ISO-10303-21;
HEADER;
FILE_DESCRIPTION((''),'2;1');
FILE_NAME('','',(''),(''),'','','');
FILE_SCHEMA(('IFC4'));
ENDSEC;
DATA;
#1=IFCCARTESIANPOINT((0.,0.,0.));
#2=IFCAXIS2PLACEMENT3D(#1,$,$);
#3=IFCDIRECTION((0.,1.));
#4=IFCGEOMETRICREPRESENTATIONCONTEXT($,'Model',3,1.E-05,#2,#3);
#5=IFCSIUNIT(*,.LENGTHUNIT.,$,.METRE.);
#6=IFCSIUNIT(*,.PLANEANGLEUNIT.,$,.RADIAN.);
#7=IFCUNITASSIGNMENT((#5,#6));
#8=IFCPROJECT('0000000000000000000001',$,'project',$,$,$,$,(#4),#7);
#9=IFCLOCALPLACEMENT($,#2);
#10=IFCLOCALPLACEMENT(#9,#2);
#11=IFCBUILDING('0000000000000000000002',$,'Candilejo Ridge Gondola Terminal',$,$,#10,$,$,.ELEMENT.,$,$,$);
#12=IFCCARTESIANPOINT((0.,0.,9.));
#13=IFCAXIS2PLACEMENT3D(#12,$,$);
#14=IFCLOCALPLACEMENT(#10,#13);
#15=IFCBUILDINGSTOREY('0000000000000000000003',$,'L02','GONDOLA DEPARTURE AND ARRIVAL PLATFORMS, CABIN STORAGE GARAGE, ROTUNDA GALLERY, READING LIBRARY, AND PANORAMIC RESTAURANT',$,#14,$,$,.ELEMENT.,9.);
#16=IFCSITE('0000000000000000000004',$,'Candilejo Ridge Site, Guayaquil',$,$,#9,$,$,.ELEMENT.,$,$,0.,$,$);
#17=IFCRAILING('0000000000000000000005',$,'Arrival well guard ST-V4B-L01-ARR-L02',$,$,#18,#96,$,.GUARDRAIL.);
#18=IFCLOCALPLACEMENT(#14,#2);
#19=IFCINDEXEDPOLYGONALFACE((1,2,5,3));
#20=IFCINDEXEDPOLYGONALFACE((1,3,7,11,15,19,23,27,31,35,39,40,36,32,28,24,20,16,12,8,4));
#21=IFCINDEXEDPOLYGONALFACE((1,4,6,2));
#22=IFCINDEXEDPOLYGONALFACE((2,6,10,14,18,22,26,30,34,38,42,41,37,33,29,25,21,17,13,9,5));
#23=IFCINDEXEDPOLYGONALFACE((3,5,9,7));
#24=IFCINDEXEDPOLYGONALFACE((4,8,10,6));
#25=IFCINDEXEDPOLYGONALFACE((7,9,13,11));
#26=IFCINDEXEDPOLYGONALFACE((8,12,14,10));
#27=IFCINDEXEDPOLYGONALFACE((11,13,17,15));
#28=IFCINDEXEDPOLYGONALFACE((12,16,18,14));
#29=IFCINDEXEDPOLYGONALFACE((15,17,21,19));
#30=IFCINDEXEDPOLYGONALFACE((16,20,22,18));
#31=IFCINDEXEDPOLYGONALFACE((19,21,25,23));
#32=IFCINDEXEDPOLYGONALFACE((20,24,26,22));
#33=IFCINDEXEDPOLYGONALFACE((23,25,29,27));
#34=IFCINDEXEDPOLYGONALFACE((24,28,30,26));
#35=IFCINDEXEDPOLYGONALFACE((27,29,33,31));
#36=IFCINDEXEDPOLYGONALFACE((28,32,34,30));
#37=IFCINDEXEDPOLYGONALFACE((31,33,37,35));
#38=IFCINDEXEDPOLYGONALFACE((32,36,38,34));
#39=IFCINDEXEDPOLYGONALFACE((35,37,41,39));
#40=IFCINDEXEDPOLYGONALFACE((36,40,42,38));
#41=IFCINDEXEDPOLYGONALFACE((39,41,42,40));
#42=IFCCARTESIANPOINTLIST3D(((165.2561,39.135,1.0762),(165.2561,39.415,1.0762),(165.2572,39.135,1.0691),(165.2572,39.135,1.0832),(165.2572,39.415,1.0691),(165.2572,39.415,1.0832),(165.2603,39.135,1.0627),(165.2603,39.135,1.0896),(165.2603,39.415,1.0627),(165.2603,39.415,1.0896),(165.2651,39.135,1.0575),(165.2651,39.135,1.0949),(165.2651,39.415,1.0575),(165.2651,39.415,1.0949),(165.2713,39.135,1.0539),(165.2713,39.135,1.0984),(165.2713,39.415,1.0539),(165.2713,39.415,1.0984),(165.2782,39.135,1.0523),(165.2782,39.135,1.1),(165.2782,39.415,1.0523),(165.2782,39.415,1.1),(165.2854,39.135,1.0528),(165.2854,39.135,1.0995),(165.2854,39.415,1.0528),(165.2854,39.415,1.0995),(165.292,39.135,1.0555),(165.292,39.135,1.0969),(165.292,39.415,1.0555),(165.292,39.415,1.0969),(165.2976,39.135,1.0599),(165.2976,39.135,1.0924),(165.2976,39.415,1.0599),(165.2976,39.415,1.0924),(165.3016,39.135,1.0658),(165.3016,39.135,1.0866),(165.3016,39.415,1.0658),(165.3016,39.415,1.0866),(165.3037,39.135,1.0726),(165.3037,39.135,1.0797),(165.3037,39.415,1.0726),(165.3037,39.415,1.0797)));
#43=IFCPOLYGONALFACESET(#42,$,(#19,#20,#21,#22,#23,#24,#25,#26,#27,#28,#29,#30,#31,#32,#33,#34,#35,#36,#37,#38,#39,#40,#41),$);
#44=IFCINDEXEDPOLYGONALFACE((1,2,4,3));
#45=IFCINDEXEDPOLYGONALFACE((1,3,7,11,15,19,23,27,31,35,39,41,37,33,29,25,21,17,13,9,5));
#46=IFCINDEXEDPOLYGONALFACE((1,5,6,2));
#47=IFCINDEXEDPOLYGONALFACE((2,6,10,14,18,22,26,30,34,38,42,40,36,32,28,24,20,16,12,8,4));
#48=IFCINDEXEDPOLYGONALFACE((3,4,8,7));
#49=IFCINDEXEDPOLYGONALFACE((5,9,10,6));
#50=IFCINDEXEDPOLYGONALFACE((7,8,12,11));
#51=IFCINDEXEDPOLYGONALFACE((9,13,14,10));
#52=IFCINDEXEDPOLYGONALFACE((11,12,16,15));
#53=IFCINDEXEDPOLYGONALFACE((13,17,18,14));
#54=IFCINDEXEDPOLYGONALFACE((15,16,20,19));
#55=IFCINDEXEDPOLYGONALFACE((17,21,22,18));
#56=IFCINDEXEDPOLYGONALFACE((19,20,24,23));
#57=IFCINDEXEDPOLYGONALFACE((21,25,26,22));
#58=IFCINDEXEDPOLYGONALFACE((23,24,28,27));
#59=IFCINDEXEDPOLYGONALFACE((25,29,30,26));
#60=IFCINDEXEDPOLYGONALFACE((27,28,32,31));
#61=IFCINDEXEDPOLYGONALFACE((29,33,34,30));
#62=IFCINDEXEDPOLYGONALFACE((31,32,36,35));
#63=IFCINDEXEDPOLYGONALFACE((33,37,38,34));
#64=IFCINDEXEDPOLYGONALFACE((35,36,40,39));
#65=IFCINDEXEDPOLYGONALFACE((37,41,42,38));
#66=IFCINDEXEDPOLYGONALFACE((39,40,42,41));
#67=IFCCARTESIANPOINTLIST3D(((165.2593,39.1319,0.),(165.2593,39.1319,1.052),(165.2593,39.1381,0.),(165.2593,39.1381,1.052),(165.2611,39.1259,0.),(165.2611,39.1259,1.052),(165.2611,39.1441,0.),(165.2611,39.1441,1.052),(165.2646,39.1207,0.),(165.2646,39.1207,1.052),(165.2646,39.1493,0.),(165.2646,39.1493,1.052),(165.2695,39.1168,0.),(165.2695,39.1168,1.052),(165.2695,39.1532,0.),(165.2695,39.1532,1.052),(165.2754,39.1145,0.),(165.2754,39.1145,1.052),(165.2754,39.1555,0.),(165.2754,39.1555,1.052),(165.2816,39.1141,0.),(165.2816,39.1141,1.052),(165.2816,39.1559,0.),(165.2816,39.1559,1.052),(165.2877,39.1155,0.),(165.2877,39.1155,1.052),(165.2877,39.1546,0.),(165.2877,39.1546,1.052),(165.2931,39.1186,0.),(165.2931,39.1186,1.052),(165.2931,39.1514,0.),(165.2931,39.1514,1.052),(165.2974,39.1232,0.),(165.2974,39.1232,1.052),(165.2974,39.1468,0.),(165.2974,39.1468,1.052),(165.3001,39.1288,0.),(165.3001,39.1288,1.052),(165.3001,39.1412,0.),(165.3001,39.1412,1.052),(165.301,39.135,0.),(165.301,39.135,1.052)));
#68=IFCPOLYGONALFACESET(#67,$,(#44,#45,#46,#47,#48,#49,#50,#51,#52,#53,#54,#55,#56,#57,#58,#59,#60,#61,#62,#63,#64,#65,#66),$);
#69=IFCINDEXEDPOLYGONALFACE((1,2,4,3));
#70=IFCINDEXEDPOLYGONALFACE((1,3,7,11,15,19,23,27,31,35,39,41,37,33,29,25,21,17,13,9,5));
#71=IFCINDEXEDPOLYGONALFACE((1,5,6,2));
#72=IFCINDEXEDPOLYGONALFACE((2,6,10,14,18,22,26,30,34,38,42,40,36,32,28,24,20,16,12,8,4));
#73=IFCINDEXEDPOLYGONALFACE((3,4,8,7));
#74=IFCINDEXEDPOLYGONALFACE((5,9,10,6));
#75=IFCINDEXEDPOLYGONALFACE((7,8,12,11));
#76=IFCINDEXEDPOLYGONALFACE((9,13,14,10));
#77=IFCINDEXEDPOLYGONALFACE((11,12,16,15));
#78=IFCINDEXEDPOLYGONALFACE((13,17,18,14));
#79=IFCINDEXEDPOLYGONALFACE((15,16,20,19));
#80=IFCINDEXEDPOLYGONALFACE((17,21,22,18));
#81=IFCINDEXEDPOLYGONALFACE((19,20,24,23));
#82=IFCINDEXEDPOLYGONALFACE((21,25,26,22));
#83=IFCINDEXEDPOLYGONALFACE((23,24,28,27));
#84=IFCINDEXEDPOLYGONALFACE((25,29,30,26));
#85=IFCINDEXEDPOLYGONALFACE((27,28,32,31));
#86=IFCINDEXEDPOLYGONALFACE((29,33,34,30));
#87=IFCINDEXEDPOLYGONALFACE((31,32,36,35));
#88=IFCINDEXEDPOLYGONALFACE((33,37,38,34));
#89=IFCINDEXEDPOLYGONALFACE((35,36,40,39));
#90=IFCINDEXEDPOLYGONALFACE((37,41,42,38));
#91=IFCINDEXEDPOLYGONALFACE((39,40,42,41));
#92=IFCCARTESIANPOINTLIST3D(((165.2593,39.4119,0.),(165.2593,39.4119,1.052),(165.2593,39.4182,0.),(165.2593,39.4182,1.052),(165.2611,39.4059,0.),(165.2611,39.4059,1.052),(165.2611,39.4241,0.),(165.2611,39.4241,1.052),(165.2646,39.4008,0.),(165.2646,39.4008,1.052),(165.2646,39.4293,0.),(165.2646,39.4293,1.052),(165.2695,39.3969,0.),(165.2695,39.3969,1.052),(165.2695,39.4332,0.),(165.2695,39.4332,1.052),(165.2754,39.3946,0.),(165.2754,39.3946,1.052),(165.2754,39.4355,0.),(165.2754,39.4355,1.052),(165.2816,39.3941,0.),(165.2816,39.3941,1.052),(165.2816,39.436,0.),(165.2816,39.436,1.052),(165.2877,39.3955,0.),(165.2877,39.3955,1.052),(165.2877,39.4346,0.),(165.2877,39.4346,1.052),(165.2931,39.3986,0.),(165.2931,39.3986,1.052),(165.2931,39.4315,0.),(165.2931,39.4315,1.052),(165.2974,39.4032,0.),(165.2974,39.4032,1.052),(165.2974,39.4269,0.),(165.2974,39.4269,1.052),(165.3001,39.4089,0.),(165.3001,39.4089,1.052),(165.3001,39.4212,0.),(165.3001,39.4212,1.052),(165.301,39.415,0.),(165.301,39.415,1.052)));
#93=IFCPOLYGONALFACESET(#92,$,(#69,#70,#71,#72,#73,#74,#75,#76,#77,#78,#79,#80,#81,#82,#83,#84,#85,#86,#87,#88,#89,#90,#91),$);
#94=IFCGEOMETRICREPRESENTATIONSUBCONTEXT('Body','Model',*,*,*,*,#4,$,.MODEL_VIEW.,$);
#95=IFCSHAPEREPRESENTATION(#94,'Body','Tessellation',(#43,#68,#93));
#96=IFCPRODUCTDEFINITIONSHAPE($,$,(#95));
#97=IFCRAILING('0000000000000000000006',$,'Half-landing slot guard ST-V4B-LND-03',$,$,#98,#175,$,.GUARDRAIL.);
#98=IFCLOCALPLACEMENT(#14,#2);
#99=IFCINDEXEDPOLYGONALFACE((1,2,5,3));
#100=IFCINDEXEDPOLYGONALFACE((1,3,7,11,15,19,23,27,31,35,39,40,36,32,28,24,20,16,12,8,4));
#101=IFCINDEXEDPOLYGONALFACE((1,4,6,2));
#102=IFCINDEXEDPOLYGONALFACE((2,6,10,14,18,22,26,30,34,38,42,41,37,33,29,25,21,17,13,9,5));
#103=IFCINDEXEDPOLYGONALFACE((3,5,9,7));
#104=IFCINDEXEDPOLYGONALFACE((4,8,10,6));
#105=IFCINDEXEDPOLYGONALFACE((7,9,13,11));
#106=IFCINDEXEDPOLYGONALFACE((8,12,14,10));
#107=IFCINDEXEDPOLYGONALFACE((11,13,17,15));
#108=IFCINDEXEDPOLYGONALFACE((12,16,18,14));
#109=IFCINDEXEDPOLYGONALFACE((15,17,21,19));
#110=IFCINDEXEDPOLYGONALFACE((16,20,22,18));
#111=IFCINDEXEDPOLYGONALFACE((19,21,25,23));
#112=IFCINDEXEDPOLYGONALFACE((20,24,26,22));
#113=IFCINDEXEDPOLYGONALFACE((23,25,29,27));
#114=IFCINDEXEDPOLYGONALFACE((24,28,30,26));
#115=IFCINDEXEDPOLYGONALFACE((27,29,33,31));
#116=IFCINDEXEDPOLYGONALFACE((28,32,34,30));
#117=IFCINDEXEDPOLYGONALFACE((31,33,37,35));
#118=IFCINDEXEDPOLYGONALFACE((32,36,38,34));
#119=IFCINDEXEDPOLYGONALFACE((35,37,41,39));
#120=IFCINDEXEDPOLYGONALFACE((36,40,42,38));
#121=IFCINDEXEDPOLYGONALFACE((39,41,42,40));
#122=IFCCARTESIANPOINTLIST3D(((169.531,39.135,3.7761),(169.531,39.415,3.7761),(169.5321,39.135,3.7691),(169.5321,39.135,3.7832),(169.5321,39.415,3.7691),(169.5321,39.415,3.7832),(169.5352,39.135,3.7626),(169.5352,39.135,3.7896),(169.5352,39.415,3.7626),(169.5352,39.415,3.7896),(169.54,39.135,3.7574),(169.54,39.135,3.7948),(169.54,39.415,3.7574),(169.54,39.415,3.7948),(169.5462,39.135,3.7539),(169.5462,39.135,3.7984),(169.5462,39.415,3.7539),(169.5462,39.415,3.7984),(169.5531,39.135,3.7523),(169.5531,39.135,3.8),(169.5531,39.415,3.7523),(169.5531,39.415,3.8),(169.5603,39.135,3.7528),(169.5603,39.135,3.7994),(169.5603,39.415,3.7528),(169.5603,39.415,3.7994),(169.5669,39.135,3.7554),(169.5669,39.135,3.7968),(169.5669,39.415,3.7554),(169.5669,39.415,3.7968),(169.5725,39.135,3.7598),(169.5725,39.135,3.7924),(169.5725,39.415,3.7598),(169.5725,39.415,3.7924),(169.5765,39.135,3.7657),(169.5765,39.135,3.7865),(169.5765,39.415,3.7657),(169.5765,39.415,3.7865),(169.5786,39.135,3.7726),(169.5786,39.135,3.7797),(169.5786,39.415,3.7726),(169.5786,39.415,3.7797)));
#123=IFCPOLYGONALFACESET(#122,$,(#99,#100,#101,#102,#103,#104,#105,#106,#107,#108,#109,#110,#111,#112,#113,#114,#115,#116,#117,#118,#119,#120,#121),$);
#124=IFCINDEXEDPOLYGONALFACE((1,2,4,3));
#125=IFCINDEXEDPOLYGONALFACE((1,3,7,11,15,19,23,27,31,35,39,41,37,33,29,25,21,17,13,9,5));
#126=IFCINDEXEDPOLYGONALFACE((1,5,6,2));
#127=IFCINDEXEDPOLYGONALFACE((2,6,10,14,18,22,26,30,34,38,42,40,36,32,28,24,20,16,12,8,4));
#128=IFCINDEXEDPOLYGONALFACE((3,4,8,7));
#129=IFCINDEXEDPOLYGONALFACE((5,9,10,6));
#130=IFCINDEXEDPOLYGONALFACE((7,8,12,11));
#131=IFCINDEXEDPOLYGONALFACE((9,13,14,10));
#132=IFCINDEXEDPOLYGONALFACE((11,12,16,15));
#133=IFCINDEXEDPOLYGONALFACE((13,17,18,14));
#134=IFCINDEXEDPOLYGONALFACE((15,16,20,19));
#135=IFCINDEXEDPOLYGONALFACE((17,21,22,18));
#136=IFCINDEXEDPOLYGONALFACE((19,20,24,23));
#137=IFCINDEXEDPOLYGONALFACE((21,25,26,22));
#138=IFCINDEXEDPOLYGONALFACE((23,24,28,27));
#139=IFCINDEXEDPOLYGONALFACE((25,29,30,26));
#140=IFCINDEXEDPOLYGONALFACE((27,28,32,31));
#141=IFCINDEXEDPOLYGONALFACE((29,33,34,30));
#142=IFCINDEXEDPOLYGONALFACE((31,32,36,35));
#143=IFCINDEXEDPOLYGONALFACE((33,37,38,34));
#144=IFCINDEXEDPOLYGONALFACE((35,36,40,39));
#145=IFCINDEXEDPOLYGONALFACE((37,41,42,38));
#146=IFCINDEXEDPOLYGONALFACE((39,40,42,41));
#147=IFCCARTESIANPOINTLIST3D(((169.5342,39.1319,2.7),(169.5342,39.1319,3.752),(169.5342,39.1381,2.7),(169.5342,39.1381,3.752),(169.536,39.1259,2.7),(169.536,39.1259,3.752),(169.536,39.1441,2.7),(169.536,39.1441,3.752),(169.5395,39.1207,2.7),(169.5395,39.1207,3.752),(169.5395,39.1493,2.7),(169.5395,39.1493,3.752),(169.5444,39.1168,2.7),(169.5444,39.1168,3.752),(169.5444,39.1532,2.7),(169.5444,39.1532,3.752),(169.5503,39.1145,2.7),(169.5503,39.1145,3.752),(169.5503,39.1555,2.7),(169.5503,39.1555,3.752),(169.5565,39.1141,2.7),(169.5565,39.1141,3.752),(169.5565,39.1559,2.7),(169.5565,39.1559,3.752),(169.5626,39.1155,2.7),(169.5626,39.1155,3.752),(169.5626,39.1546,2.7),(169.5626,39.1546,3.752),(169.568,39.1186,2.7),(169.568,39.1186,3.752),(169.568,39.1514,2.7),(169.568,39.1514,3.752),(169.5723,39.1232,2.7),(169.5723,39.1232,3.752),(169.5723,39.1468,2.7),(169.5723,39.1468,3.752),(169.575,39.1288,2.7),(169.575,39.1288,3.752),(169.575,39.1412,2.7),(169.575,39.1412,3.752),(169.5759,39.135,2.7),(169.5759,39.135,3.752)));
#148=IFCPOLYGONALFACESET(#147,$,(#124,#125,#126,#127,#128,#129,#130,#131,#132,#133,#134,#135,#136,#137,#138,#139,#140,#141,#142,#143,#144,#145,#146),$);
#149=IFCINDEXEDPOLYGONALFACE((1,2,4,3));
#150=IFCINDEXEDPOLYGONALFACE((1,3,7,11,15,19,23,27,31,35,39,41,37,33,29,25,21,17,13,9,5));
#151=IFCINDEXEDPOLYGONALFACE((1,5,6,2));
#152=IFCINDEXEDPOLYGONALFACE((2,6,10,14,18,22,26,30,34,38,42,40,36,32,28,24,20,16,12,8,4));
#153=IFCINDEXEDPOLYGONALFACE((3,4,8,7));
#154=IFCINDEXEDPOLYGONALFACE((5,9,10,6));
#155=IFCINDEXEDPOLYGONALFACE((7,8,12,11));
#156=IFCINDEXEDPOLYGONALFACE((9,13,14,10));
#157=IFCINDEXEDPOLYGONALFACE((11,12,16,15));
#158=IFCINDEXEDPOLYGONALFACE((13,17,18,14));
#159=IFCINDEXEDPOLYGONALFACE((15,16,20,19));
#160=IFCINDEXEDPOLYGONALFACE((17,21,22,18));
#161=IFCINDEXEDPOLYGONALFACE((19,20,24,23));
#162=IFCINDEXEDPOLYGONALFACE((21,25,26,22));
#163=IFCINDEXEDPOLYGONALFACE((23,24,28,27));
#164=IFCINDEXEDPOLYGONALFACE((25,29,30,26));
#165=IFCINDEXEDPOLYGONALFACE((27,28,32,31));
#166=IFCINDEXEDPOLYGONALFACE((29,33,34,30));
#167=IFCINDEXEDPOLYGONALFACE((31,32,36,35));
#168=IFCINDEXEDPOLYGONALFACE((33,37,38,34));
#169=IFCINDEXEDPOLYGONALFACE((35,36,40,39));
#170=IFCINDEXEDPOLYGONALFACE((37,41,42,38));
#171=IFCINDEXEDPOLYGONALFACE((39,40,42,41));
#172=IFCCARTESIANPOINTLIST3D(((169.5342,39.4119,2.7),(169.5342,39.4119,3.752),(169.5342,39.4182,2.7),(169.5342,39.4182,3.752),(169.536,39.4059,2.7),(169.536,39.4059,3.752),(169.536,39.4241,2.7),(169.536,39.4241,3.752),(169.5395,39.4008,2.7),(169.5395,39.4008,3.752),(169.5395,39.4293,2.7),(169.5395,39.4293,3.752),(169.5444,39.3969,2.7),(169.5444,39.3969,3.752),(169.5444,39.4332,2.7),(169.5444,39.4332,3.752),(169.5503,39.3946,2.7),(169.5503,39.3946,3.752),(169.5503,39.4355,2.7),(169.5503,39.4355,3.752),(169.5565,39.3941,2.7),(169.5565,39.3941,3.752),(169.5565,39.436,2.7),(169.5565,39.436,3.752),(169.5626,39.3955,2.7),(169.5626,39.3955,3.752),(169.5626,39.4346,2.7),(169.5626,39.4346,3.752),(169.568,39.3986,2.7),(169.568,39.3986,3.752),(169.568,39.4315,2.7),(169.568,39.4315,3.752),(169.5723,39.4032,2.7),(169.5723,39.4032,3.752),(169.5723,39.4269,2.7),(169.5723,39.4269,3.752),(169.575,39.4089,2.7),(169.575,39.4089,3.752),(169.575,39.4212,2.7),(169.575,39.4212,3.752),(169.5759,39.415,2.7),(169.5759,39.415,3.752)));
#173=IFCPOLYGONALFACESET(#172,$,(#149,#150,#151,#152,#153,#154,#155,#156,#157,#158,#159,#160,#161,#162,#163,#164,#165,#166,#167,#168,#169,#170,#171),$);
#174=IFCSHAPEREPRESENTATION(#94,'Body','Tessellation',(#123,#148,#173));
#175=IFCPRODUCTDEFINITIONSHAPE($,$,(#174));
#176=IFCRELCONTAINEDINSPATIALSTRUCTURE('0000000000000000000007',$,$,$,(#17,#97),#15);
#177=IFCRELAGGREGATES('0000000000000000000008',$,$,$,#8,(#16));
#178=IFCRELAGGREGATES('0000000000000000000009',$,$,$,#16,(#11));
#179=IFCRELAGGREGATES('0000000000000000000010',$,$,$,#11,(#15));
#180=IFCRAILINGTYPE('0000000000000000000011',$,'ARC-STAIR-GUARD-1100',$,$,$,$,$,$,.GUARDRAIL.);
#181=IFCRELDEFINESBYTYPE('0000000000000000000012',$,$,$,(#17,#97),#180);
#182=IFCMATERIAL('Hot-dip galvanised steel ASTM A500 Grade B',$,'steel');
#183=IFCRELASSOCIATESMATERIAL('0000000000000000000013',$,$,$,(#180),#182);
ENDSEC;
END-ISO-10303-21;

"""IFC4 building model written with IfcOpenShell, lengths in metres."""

from ifc_helpers import new_model, si_unit, direction, frame, origin, origin_2d, place, context, subcontext, project, spatial, circle, extrude, material, type_object, element, save


model = new_model("IFC4")

# Units and contexts
model_context = context("Model", 3, precision=1e-05, world=origin(), true_north=direction((0.0, 1.0)))
body_context = subcontext(model_context, "Body", "Model", "MODEL_VIEW")
ifc_project = project(units=[si_unit("LENGTHUNIT", "METRE"), si_unit("PLANEANGLEUNIT", "RADIAN")], contexts=[model_context])

# Site, building, storey
site_placement = place(None, origin())
site = spatial("IfcSite", under=ifc_project, at=site_placement, Name="Candilejo Ridge Site, Guayaquil", CompositionType="ELEMENT", RefElevation=0.0)
building_placement = place(site_placement, origin())
building = spatial("IfcBuilding", under=site, at=building_placement, Name="Candilejo Ridge Gondola Terminal", CompositionType="ELEMENT")
storey_placement = place(building_placement, frame((0.0, 0.0, 9.0)))
storey = spatial("IfcBuildingStorey", under=building, at=storey_placement, Name="L02", Description="GONDOLA DEPARTURE AND ARRIVAL PLATFORMS, CABIN STORAGE GARAGE, ROTUNDA GALLERY, READING LIBRARY, AND PANORAMIC RESTAURANT", CompositionType="ELEMENT", Elevation=9.0)

# Railings
ifc_material_1 = material(Name="Hot-dip galvanised steel ASTM A500 Grade B", Category="steel")
railing_type_1 = type_object("IfcRailingType", Name="ARC-STAIR-GUARD-1100", PredefinedType="GUARDRAIL", material=ifc_material_1)
for number, where, name in (
    (1, (165.28, 39.135, 0.0), "Arrival well guard ST-V4B-L01-ARR-L02"),
    (2, (169.5549, 39.135, 2.7), "Half-landing slot guard ST-V4B-LND-03"),
):
    element("IfcRailing", number, at=place(storey_placement, frame(where)), inside=storey, type_object=railing_type_1, Name=name, PredefinedType="GUARDRAIL", context=body_context, shape_type="SweptSolid", body=[
        extrude(circle(Radius=0.0239, at=origin_2d()), frame((0.0, 0.0, 1.0762), z_axis=(0.0, 1.0, 0.0), x_axis=(-1.0, 0.0, 0.0)), (0.0, 0.0, 1.0), 0.28),
        extrude(circle(Radius=0.021, at=origin_2d()), origin(), (0.0, 0.0, 1.0), 1.052),
        extrude(circle(Radius=0.021, at=origin_2d()), frame((0.0, 0.28, 0.0)), (0.0, 0.0, 1.0), 1.052),
    ])

save(model, "model.ifc")
